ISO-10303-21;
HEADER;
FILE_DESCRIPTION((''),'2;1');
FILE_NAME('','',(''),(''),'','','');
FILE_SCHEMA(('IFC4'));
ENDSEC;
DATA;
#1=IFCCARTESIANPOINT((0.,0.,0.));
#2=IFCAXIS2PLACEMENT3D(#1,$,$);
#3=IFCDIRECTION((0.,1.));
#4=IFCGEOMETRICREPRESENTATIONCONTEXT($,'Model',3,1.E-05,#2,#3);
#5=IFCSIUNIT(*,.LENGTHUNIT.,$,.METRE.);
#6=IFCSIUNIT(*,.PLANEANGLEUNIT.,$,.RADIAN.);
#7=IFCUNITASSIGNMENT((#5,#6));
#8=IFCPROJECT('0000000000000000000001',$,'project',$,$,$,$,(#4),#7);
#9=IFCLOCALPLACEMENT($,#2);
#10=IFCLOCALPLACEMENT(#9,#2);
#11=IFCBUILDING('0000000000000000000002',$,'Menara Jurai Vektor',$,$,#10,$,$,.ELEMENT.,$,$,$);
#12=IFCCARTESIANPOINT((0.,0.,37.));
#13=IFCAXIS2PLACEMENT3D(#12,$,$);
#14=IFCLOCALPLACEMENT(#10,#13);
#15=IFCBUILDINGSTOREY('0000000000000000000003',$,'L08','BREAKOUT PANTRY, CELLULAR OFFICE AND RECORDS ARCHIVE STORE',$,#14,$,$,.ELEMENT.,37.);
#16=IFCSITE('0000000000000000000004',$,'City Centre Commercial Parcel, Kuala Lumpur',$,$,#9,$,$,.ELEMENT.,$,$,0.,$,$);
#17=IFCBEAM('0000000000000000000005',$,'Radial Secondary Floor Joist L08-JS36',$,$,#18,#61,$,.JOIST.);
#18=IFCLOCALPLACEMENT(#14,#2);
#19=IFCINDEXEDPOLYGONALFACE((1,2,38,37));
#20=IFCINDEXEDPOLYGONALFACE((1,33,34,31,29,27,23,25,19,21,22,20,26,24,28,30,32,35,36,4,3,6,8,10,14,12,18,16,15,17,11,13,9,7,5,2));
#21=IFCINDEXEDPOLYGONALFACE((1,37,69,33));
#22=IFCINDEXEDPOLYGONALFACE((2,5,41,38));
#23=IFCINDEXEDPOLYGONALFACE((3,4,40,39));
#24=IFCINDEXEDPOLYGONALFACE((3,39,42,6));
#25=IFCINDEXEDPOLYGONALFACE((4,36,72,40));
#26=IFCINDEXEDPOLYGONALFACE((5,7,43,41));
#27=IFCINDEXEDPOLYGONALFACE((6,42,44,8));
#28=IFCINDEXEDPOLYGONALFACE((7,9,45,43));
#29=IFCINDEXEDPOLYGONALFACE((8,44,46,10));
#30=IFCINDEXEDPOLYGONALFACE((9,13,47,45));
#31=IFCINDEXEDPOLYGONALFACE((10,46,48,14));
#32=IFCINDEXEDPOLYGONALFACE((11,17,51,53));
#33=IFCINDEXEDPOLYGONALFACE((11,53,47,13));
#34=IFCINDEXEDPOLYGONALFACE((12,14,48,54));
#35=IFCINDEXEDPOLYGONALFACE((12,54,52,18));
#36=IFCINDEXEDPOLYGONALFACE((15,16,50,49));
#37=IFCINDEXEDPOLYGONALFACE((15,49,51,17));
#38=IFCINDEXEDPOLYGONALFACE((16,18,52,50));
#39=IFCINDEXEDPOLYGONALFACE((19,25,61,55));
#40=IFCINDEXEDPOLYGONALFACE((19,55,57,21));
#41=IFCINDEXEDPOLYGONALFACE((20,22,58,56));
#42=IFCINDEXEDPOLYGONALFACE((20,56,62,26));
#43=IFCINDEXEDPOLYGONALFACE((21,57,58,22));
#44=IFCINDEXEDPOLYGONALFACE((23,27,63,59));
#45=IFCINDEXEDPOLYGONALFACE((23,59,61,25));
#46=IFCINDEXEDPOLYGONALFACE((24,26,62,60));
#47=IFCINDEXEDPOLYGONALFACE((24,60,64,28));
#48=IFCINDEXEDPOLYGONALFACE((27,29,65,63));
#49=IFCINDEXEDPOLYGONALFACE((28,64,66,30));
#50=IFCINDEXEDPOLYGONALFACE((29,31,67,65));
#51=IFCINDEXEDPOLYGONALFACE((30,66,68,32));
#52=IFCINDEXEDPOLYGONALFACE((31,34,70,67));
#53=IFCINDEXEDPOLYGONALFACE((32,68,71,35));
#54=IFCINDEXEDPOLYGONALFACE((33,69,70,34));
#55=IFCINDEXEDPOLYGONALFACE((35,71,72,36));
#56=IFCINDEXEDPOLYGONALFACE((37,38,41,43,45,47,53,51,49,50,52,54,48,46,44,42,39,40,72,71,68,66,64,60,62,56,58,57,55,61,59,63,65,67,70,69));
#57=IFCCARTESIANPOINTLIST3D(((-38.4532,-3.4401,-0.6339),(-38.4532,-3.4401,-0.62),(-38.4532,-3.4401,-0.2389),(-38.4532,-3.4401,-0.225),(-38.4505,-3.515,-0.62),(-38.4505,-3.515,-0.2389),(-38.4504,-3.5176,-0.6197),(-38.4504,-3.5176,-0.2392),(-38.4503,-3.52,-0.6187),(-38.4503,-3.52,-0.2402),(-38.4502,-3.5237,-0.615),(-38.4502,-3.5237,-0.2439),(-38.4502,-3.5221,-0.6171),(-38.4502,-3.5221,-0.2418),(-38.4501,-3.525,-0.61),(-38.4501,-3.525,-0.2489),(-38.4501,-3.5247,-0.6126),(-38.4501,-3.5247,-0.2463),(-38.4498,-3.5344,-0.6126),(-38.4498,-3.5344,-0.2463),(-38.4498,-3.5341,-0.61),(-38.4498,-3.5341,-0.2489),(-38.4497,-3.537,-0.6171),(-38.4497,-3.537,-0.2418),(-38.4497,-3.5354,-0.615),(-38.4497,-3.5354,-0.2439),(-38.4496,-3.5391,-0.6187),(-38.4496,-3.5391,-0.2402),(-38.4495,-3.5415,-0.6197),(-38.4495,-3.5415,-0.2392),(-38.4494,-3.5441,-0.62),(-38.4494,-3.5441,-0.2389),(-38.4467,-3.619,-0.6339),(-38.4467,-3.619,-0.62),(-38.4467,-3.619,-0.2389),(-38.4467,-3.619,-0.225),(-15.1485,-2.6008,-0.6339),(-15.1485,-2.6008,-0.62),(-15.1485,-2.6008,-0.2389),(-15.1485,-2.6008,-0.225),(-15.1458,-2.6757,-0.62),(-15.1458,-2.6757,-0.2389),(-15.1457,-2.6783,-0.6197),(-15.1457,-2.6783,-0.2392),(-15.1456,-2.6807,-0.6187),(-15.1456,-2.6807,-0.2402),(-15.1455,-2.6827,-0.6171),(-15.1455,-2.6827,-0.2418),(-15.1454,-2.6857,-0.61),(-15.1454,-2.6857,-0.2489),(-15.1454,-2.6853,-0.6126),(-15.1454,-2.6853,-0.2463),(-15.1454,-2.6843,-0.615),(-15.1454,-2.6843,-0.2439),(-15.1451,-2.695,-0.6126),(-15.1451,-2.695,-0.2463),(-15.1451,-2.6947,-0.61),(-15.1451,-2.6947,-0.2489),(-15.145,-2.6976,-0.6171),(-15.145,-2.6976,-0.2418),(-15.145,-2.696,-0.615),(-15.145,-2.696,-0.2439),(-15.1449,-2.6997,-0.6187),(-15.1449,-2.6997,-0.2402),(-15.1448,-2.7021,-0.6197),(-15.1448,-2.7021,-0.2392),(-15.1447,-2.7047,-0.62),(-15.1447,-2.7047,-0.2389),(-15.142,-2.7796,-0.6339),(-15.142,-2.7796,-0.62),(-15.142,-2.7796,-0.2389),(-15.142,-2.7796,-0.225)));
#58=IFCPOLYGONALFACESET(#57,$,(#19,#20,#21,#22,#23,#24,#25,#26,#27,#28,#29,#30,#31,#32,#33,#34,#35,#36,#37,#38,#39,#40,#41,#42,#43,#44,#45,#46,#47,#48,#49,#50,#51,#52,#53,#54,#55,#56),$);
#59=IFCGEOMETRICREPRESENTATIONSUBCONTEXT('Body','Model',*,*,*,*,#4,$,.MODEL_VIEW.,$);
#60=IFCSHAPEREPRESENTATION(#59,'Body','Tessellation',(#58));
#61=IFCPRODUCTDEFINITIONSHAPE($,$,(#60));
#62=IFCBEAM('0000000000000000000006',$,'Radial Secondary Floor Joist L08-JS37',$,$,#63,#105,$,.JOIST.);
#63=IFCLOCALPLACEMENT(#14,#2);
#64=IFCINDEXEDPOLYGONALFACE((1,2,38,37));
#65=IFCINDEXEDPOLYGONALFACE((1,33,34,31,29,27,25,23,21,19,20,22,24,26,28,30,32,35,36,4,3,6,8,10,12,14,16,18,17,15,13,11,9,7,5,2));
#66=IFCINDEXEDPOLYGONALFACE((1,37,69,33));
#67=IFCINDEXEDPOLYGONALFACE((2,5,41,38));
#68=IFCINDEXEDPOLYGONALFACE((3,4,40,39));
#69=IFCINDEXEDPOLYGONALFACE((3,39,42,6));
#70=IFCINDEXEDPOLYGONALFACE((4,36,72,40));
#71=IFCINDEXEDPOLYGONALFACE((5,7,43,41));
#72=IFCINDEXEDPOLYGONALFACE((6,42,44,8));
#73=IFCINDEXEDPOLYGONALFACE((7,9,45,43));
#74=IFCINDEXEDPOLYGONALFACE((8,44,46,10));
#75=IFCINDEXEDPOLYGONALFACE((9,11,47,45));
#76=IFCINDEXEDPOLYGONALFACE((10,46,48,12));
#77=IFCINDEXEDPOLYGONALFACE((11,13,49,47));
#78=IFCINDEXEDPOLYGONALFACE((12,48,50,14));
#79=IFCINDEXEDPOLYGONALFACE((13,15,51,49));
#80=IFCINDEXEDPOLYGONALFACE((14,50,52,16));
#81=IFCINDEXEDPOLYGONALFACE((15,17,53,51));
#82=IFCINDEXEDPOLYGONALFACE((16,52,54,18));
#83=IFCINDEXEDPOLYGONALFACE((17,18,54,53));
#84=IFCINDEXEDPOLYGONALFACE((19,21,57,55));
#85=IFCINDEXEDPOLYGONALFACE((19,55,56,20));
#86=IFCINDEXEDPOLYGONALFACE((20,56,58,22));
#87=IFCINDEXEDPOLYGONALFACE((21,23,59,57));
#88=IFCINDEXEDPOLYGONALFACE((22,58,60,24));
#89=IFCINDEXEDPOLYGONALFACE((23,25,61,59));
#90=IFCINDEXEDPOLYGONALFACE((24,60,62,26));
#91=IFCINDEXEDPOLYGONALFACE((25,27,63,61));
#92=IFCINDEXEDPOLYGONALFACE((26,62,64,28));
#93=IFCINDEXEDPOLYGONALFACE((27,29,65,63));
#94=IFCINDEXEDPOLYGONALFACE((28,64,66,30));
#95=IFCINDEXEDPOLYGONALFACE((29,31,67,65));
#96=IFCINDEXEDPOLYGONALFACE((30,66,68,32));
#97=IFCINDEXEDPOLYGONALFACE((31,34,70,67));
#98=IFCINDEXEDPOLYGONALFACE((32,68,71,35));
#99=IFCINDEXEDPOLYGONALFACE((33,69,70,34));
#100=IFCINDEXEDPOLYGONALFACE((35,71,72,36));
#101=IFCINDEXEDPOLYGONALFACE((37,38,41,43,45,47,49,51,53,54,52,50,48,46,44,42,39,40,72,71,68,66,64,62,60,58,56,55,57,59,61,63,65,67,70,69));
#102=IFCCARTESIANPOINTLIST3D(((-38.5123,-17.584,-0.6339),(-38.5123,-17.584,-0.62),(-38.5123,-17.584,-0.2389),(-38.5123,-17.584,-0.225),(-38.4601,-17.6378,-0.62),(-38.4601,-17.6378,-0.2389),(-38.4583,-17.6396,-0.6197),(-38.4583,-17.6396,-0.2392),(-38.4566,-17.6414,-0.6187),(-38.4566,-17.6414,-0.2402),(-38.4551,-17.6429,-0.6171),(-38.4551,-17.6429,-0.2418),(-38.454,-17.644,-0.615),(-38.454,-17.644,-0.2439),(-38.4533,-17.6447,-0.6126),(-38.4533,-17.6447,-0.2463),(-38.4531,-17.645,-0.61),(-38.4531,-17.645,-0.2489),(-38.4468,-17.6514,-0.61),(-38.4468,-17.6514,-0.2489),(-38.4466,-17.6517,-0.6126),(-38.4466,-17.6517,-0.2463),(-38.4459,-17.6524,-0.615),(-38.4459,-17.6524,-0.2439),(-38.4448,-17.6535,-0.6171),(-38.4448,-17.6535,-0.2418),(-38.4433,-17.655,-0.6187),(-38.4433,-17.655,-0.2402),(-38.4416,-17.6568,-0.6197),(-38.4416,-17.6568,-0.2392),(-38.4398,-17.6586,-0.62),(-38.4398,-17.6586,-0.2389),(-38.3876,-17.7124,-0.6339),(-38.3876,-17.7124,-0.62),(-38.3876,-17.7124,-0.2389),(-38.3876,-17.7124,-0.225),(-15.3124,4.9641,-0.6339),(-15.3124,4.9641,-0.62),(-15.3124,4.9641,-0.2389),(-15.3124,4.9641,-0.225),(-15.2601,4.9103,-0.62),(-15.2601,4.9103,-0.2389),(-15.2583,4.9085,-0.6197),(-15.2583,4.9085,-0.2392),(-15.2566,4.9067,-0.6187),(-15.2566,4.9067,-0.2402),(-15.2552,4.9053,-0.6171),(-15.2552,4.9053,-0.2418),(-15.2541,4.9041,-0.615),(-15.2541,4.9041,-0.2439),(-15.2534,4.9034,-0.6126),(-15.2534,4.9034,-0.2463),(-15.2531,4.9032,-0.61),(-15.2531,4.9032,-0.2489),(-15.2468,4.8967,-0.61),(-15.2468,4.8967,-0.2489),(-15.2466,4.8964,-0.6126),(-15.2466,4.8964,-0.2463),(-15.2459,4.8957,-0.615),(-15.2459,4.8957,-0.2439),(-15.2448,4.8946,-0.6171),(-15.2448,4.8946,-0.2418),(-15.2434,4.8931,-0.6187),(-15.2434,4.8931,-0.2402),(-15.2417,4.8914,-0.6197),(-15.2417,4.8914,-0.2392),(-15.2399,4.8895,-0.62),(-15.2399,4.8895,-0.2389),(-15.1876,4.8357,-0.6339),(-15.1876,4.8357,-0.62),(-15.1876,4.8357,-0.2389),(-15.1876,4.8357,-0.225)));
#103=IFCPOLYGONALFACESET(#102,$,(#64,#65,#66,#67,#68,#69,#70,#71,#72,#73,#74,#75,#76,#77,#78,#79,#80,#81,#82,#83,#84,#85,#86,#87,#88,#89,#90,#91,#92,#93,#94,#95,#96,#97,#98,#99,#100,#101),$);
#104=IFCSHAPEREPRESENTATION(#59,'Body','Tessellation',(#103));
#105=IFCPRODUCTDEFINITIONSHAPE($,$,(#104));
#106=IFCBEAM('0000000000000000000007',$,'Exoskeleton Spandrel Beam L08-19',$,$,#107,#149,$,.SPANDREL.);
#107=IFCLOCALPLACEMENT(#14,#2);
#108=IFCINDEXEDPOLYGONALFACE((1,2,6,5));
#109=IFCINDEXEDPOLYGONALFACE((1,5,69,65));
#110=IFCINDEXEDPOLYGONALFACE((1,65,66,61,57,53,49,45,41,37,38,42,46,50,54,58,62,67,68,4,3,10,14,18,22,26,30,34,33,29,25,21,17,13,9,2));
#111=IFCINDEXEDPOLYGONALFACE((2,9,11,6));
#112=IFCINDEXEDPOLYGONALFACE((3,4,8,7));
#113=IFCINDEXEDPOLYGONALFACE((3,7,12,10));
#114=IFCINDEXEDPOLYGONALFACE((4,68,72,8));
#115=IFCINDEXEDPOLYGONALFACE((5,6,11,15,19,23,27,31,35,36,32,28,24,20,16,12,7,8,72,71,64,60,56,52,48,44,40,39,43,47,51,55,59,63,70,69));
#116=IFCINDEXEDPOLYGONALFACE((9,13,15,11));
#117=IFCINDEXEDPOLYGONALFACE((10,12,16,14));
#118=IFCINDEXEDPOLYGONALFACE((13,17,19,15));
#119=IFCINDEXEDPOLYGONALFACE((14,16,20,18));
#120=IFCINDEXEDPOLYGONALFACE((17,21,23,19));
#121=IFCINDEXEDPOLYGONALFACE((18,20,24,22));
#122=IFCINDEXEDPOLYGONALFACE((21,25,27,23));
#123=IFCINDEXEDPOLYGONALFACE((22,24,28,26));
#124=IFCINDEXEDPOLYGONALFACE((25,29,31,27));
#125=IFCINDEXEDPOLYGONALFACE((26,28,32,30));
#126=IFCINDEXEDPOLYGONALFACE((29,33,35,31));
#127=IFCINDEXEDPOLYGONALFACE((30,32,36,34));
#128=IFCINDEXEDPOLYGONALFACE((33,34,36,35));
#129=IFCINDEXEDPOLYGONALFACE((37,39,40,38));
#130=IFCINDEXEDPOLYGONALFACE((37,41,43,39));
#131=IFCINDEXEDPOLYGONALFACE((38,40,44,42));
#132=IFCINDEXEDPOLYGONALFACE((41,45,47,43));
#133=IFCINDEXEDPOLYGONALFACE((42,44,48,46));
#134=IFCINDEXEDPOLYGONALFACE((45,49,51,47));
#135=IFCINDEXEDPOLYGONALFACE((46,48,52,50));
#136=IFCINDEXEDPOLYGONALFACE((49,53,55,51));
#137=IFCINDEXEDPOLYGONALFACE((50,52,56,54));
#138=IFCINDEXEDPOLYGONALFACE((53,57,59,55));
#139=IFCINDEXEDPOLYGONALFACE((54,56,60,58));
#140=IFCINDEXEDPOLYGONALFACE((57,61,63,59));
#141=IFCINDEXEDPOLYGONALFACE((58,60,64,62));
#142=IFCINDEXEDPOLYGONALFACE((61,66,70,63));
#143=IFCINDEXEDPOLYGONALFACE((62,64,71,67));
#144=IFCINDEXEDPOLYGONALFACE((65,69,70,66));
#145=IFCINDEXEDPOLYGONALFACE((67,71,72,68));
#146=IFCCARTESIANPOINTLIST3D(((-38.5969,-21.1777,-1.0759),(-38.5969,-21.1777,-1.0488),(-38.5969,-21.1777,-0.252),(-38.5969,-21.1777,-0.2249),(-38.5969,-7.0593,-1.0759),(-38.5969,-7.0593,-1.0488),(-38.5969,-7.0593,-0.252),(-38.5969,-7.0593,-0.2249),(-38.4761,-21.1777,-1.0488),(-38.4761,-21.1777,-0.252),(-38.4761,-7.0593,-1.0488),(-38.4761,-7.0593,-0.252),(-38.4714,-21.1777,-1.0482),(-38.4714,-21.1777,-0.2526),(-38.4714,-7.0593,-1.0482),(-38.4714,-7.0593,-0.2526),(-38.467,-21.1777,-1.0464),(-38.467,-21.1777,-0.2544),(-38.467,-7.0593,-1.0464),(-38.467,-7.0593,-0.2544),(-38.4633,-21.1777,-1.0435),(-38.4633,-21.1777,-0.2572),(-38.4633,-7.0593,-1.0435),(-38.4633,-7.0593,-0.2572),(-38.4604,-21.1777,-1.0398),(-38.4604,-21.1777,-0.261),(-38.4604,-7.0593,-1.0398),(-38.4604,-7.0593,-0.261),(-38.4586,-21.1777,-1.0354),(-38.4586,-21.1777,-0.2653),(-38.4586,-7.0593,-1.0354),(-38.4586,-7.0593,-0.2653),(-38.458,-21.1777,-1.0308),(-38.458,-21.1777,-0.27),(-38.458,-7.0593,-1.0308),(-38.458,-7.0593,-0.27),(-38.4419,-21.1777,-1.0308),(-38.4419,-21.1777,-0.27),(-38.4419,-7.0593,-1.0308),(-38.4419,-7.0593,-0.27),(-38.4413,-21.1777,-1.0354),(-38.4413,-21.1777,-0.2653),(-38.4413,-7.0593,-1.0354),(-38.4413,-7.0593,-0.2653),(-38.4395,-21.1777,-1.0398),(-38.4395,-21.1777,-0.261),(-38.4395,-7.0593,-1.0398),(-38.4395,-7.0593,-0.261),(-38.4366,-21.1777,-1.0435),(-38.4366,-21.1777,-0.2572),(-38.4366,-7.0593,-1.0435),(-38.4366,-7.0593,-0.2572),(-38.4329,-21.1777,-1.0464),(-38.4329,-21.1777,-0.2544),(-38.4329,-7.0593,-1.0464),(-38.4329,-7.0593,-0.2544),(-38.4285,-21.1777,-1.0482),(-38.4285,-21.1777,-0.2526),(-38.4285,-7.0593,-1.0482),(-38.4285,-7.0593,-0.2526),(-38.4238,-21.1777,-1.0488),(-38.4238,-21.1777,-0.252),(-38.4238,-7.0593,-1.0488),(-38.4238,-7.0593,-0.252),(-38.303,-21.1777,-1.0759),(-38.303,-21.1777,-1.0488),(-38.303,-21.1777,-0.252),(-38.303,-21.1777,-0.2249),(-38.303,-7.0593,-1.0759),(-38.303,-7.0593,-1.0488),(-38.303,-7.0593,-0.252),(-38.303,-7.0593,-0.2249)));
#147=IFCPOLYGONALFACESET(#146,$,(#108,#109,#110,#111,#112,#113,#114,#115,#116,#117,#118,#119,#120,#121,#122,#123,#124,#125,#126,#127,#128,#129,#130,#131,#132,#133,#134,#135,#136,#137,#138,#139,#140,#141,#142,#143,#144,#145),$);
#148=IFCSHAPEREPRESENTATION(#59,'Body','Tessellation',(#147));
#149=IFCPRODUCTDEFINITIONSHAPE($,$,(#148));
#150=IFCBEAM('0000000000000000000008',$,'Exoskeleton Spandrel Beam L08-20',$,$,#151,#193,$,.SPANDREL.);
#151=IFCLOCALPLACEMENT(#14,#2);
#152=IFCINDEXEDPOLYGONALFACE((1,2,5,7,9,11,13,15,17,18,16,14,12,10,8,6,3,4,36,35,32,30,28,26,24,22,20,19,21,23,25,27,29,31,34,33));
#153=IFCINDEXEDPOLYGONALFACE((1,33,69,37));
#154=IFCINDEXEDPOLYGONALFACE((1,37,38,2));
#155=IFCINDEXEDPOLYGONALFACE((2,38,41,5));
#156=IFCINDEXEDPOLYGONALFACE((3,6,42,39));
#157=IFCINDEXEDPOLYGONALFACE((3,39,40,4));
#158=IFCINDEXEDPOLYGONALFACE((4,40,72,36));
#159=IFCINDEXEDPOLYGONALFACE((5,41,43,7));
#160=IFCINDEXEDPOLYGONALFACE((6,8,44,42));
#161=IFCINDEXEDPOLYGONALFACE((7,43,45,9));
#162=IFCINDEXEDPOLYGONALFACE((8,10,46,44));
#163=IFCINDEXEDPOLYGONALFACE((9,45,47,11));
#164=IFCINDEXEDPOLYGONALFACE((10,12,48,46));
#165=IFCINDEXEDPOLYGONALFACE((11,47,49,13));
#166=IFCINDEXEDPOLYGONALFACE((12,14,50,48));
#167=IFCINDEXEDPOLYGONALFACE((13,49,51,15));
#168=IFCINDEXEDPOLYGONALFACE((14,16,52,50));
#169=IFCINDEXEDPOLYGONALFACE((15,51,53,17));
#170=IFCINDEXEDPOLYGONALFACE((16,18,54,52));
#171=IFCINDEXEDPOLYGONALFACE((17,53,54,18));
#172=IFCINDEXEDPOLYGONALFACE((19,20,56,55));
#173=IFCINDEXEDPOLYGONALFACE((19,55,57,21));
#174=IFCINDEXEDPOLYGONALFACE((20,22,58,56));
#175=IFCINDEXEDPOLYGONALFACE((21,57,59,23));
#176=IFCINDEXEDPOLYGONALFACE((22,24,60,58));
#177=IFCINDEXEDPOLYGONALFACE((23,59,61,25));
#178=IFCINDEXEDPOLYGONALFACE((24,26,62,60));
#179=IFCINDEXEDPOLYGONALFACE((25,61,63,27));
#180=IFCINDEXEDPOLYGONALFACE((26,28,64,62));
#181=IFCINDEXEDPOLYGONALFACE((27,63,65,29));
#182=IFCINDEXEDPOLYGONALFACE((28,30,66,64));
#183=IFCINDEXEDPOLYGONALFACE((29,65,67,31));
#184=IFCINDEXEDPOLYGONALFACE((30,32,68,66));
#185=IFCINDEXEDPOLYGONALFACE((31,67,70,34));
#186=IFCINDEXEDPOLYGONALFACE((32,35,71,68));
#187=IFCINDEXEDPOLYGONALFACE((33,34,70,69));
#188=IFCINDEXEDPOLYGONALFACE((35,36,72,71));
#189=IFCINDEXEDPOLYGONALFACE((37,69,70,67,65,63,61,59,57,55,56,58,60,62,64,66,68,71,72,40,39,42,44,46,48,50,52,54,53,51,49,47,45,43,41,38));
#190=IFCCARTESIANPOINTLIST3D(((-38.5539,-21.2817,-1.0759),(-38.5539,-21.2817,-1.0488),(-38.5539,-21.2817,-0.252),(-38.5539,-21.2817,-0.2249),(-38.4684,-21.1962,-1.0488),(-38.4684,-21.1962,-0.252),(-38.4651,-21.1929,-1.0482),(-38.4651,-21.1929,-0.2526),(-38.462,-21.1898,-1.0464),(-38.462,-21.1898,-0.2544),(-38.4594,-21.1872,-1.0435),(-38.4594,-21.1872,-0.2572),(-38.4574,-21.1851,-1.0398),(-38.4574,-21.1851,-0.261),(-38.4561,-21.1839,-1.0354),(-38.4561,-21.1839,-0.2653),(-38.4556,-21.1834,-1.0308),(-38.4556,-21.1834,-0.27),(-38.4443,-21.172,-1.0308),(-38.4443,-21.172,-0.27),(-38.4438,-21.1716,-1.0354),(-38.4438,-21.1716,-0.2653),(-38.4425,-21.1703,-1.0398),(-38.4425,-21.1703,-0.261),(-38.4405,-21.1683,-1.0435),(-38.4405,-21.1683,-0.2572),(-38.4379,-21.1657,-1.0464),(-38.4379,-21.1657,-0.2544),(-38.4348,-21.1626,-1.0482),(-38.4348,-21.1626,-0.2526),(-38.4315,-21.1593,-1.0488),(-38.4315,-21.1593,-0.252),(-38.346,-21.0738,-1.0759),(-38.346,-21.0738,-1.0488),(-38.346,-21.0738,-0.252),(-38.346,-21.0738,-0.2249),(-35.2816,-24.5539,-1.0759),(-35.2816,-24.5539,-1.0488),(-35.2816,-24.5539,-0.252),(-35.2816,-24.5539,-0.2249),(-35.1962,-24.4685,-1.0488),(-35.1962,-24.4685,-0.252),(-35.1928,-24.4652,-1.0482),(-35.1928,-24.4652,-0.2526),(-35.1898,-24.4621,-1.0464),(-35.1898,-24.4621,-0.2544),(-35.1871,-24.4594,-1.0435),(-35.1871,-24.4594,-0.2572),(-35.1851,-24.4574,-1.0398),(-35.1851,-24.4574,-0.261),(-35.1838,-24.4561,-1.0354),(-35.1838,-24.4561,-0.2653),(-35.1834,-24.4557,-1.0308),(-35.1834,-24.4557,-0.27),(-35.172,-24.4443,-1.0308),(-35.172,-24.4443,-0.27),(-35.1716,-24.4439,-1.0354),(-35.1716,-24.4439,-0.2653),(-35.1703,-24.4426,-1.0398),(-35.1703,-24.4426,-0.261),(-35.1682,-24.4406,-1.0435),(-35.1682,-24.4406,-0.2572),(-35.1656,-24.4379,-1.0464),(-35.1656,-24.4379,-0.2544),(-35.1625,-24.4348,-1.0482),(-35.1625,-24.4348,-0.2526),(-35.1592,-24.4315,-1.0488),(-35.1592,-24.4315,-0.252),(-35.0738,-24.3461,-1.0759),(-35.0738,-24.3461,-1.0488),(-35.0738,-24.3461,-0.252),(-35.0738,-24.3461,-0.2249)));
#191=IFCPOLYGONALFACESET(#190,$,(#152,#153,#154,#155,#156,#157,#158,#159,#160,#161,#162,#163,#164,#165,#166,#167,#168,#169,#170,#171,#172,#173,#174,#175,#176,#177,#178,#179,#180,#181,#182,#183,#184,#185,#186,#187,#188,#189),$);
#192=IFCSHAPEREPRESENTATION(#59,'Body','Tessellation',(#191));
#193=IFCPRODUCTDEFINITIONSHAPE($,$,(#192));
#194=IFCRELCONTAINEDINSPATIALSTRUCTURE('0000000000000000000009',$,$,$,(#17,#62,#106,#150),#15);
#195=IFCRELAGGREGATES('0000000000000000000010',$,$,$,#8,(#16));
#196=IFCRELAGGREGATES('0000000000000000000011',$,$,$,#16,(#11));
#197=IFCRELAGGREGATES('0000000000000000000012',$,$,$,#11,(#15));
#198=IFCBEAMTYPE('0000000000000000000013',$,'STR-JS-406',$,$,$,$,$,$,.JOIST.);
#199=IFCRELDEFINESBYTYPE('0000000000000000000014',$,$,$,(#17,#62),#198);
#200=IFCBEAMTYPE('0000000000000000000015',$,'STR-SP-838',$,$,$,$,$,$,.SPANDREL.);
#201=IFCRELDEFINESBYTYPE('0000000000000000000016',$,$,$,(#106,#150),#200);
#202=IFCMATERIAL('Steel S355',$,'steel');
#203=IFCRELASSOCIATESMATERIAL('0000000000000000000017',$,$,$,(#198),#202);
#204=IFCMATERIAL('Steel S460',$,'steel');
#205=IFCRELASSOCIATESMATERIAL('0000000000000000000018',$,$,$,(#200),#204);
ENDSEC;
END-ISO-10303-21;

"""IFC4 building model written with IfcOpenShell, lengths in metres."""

from ifc_helpers import new_model, si_unit, direction, frame, origin, origin_2d, place, context, subcontext, project, spatial, i_section, extrude, material, material_profile, profile_set, type_object, element, save


model = new_model("IFC4")

# Units and contexts
model_context = context("Model", 3, precision=1e-05, world=origin(), true_north=direction((0.0, 1.0)))
body_context = subcontext(model_context, "Body", "Model", "MODEL_VIEW")
ifc_project = project(units=[si_unit("LENGTHUNIT", "METRE"), si_unit("PLANEANGLEUNIT", "RADIAN")], contexts=[model_context])

# Site, building, storey
site_placement = place(None, origin())
site = spatial("IfcSite", under=ifc_project, at=site_placement, Name="City Centre Commercial Parcel, Kuala Lumpur", CompositionType="ELEMENT", RefElevation=0.0)
building_placement = place(site_placement, origin())
building = spatial("IfcBuilding", under=site, at=building_placement, Name="Menara Jurai Vektor", CompositionType="ELEMENT")
storey_placement = place(building_placement, frame((0.0, 0.0, 37.0)))
storey = spatial("IfcBuildingStorey", under=building, at=storey_placement, Name="L08", Description="BREAKOUT PANTRY, CELLULAR OFFICE AND RECORDS ARCHIVE STORE", CompositionType="ELEMENT", Elevation=37.0)

# Shared definitions
ifc_material_1 = material(Name="Steel S460", Category="steel")

# Shared definitions
ifc_material_2 = material(Name="Steel S355", Category="steel")

# Beams
ifc_material_profile_1 = material_profile(ifc_material_2, i_section(OverallWidth=0.179, OverallDepth=0.4089, WebThickness=0.009, FlangeThickness=0.0139, FilletRadius=0.01, at=origin_2d()), Name="UKB 406x178x67")
ifc_profile_set_1 = profile_set([ifc_material_profile_1], Name="Steel S355")
beam_type_1 = type_object("IfcBeamType", Name="STR-JS-406", PredefinedType="JOIST", material=ifc_profile_set_1)
beam_1_placement = place(storey_placement, frame((-38.45, -3.5295, -0.4294), z_axis=(0.999352, 0.035993, 0.0), x_axis=(-0.035993, 0.999352, 0.0)))
element("IfcBeam", 1, at=beam_1_placement, inside=storey, type_object=beam_type_1, Name="Radial Secondary Floor Joist L08-JS36", PredefinedType="JOIST", context=body_context, shape_type="SweptSolid", body=[
    extrude(i_section(OverallWidth=0.179, OverallDepth=0.4089, WebThickness=0.009, FlangeThickness=0.0139, FilletRadius=0.01, at=origin_2d()), origin(), (0.0, 0.0, 1.0), 23.3198),
])
beam_2_placement = place(storey_placement, frame((-38.45, -17.6482, -0.4294), z_axis=(0.717109, 0.696961, 0.0), x_axis=(-0.696961, 0.717109, 0.0)))
element("IfcBeam", 2, at=beam_2_placement, inside=storey, type_object=beam_type_1, Name="Radial Secondary Floor Joist L08-JS37", PredefinedType="JOIST", context=body_context, shape_type="SweptSolid", body=[
    extrude(i_section(OverallWidth=0.179, OverallDepth=0.4089, WebThickness=0.009, FlangeThickness=0.0139, FilletRadius=0.01, at=origin_2d()), origin(), (0.0, 0.0, 1.0), 32.3521),
])
ifc_material_profile_2 = material_profile(ifc_material_1, i_section(OverallWidth=0.2939, OverallDepth=0.8511, WebThickness=0.0161, FlangeThickness=0.0271, FilletRadius=0.0181, at=origin_2d()), Name="UKB 838x292x226")
ifc_profile_set_2 = profile_set([ifc_material_profile_2], Name="Steel S460")
beam_type_2 = type_object("IfcBeamType", Name="STR-SP-838", PredefinedType="SPANDREL", material=ifc_profile_set_2)
beam_3_placement = place(storey_placement, frame((-38.45, -7.0593, -0.6504), z_axis=(0.0, -1.0, 0.0), x_axis=(1.0, 0.0, 0.0)))
element("IfcBeam", 3, at=beam_3_placement, inside=storey, type_object=beam_type_2, Name="Exoskeleton Spandrel Beam L08-19", PredefinedType="SPANDREL", context=body_context, shape_type="SweptSolid", body=[
    extrude(i_section(OverallWidth=0.2939, OverallDepth=0.8511, WebThickness=0.0161, FlangeThickness=0.0271, FilletRadius=0.0181, at=origin_2d()), origin(), (0.0, 0.0, 1.0), 14.1184),
])
beam_4_placement = place(storey_placement, frame((-38.45, -21.1777, -0.6504), z_axis=(0.707107, -0.707107, 0.0), x_axis=(0.707107, 0.707107, 0.0)))
element("IfcBeam", 4, at=beam_4_placement, inside=storey, type_object=beam_type_2, Name="Exoskeleton Spandrel Beam L08-20", PredefinedType="SPANDREL", context=body_context, shape_type="SweptSolid", body=[
    extrude(i_section(OverallWidth=0.2939, OverallDepth=0.8511, WebThickness=0.0161, FlangeThickness=0.0271, FilletRadius=0.0181, at=origin_2d()), origin(), (0.0, 0.0, 1.0), 4.6277),
])

save(model, "model.ifc")
